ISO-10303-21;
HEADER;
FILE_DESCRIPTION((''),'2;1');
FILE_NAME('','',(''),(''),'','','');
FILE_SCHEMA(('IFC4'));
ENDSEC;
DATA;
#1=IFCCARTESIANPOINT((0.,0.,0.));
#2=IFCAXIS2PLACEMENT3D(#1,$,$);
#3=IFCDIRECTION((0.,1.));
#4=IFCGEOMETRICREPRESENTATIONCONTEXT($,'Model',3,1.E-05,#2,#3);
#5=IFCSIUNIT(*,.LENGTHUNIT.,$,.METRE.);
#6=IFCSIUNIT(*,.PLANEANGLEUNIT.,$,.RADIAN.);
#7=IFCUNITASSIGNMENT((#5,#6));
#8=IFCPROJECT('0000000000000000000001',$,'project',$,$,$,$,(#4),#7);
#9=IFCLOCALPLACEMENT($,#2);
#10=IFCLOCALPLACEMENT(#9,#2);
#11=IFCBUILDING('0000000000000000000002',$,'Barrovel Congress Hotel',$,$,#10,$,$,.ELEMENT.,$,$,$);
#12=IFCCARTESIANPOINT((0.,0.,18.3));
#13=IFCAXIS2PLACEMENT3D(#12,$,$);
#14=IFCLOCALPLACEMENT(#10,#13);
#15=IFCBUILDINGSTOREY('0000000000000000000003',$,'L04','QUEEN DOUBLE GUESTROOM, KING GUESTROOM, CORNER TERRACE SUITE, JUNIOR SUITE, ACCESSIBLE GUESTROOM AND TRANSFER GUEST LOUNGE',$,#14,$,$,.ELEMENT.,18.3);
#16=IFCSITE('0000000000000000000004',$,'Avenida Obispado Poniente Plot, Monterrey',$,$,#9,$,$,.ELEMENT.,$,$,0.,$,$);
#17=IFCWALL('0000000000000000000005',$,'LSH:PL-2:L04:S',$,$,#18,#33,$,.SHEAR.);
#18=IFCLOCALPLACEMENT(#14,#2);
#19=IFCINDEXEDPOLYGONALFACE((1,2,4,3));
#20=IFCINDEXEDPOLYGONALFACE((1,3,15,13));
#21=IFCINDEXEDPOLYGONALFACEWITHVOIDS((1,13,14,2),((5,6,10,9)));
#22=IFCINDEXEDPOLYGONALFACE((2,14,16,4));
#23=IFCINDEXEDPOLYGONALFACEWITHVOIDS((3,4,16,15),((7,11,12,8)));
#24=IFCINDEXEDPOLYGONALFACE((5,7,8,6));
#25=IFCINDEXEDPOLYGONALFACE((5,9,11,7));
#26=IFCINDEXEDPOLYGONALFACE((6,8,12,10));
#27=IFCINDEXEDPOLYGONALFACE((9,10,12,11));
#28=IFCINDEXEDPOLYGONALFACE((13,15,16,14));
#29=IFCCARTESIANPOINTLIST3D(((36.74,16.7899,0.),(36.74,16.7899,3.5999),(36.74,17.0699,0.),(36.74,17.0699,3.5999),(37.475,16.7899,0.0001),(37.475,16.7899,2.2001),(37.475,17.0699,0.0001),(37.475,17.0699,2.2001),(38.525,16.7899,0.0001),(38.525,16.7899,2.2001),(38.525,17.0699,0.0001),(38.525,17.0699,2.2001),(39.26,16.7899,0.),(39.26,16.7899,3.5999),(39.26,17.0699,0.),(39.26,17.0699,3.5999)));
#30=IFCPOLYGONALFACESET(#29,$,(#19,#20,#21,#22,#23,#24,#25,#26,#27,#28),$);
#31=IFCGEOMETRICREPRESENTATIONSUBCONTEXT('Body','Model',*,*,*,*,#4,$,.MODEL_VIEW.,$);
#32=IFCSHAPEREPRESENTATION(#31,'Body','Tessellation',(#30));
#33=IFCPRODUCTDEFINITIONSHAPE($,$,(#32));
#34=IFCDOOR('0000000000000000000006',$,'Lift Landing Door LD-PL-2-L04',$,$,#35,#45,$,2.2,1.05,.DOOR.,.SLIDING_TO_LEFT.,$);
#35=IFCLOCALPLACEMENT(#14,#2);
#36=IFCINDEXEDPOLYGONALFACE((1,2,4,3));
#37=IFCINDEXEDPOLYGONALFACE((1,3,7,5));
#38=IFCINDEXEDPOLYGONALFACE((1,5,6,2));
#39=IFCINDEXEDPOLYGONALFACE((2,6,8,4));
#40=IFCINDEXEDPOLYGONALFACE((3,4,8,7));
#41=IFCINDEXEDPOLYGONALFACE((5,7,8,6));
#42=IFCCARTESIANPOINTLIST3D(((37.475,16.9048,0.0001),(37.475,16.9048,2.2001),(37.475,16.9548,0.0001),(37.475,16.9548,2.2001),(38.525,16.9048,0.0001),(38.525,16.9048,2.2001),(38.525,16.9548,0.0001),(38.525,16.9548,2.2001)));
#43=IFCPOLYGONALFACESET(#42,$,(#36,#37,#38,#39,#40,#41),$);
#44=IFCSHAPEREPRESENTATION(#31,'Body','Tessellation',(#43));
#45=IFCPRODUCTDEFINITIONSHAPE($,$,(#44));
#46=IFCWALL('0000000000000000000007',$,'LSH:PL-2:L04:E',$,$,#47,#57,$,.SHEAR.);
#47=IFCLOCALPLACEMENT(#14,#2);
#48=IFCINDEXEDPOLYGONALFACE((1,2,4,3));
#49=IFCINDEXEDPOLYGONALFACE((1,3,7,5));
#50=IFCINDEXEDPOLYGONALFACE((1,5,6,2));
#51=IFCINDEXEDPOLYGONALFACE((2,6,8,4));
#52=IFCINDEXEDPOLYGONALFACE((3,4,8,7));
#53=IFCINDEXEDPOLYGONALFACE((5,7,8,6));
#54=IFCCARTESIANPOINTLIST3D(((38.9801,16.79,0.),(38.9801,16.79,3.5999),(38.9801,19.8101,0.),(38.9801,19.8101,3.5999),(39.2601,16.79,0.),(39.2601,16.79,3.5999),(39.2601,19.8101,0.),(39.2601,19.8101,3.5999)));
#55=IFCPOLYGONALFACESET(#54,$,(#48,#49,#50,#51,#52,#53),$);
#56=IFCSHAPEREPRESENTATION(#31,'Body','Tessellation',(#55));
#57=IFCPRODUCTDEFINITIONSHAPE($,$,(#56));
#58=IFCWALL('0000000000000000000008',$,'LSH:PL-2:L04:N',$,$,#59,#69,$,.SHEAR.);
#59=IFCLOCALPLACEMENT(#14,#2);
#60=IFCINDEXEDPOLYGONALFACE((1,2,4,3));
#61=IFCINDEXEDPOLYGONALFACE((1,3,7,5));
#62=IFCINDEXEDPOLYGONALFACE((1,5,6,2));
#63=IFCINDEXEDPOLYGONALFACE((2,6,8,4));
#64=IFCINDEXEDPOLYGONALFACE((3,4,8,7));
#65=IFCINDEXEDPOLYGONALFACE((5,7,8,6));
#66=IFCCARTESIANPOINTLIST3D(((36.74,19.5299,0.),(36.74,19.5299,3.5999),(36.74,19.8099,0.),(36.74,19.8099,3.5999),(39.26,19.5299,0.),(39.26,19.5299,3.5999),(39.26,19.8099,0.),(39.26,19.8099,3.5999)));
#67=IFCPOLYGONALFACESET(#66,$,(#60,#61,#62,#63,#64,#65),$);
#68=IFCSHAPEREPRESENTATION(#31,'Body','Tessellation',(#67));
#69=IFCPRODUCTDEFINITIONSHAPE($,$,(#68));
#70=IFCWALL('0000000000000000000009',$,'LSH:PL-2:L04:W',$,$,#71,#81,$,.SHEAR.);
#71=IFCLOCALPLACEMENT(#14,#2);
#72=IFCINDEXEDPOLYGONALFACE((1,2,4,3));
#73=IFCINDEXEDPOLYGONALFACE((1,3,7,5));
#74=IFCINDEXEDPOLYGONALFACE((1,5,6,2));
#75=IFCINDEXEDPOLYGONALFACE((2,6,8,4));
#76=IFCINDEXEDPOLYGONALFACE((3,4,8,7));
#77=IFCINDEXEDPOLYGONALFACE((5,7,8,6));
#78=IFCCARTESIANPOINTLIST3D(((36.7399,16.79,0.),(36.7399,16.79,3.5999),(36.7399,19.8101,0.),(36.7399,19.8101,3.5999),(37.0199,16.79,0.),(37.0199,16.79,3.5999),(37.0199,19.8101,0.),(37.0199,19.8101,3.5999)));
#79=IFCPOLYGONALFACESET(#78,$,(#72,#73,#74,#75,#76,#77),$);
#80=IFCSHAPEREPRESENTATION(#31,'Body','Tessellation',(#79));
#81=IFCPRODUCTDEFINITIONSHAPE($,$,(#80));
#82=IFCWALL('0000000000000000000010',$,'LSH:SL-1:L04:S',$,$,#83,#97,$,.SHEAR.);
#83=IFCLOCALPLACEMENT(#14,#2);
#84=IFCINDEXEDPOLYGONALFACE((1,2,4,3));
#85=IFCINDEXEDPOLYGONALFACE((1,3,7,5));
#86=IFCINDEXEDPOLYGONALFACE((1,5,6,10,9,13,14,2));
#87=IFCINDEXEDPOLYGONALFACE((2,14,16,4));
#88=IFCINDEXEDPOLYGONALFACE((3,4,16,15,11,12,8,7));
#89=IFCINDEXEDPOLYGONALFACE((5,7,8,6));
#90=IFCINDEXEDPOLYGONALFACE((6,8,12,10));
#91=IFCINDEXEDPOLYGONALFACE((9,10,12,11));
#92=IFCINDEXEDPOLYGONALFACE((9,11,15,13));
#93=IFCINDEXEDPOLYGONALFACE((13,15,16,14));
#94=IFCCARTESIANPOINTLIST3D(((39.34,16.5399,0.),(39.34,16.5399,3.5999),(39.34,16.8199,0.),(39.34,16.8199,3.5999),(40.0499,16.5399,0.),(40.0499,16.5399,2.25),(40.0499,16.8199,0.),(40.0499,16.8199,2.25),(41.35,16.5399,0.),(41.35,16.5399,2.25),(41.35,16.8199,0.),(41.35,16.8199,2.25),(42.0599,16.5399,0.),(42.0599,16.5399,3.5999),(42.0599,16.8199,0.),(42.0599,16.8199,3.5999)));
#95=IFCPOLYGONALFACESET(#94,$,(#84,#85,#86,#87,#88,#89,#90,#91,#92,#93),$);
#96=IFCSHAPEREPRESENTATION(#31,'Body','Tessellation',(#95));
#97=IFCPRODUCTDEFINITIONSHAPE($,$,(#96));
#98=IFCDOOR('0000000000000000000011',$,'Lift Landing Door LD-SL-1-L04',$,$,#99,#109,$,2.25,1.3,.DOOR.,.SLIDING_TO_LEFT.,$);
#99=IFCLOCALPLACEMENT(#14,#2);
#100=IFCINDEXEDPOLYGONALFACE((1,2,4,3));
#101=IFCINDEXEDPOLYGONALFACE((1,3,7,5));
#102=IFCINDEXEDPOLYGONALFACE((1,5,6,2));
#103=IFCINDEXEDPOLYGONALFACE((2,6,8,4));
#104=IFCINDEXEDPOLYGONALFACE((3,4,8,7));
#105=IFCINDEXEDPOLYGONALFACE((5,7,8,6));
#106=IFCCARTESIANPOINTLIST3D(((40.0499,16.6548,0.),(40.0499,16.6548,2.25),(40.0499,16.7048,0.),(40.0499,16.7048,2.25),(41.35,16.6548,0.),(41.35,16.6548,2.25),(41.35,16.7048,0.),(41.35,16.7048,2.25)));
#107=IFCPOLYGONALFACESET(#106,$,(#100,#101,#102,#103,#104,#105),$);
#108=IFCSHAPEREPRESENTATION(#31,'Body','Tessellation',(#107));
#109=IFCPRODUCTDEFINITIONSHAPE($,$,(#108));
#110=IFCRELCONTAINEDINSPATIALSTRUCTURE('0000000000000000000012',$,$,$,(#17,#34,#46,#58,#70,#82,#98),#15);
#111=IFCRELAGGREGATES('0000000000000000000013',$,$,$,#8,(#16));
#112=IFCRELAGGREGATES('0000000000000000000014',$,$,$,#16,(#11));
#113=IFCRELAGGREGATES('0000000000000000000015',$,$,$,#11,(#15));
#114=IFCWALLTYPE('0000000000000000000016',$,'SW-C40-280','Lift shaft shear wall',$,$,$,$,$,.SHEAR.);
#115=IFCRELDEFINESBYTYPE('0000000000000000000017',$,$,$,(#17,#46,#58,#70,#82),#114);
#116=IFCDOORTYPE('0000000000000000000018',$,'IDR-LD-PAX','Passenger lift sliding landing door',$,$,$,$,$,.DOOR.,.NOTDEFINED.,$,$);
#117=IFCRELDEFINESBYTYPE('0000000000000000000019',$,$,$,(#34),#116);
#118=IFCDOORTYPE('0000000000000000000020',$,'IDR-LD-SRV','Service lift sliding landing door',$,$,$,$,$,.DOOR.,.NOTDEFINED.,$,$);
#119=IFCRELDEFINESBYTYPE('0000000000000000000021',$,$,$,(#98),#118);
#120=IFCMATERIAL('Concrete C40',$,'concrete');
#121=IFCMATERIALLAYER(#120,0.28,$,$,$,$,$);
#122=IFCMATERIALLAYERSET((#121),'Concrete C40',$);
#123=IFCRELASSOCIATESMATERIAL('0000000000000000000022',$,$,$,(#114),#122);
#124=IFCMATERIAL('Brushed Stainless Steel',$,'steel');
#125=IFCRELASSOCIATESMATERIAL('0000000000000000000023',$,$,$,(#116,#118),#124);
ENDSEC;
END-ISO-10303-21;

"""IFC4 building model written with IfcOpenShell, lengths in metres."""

from ifc_helpers import new_model, si_unit, direction, frame, frame_2d, origin, place, context, subcontext, project, spatial, rectangle, extrude, material, layer, layer_set, type_object, element, fill, save


model = new_model("IFC4")

# Units and contexts
model_context = context("Model", 3, precision=1e-05, world=origin(), true_north=direction((0.0, 1.0)))
body_context = subcontext(model_context, "Body", "Model", "MODEL_VIEW")
ifc_project = project(units=[si_unit("LENGTHUNIT", "METRE"), si_unit("PLANEANGLEUNIT", "RADIAN")], contexts=[model_context])

# Site, building, storey
site_placement = place(None, origin())
site = spatial("IfcSite", under=ifc_project, at=site_placement, Name="Avenida Obispado Poniente Plot, Monterrey", CompositionType="ELEMENT", RefElevation=0.0)
building_placement = place(site_placement, origin())
building = spatial("IfcBuilding", under=site, at=building_placement, Name="Barrovel Congress Hotel", CompositionType="ELEMENT")
storey_placement = place(building_placement, frame((0.0, 0.0, 18.3)))
storey = spatial("IfcBuildingStorey", under=building, at=storey_placement, Name="L04", Description="QUEEN DOUBLE GUESTROOM, KING GUESTROOM, CORNER TERRACE SUITE, JUNIOR SUITE, ACCESSIBLE GUESTROOM AND TRANSFER GUEST LOUNGE", CompositionType="ELEMENT", Elevation=18.3)

# Shared definitions
ifc_material_1 = material(Name="Concrete C40", Category="concrete")

# Shared definitions
ifc_layer_1 = layer(ifc_material_1, 0.28)
ifc_layer_set_1 = layer_set([ifc_layer_1], Name="Concrete C40")
wall_type_1 = type_object("IfcWallType", Name="SW-C40-280", Description="Lift shaft shear wall", PredefinedType="SHEAR", material=ifc_layer_set_1)
ifc_material_2 = material(Name="Brushed Stainless Steel", Category="steel")
door_type_1 = type_object("IfcDoorType", Name="IDR-LD-PAX", Description="Passenger lift sliding landing door", OperationType="NOTDEFINED", PredefinedType="DOOR", material=ifc_material_2)

# Wall, opening, door
wall_1_placement = place(storey_placement, frame((36.74, 16.9299, 0.0), z_axis=(0.0, 0.0, 1.0), x_axis=(1.0, 0.0, 0.0)))
wall_1 = element("IfcWall", 1, at=wall_1_placement, inside=storey, type_object=wall_type_1, Name="LSH:PL-2:L04:S", PredefinedType="SHEAR", context=body_context, shape_type="SweptSolid", body=[
    extrude(rectangle(XDim=2.52, YDim=0.28, at=frame_2d((1.26, 0.0))), origin(), (0.0, 0.0, 1.0), 3.5999),
])
opening_1_placement = place(wall_1_placement, frame((0.7351, 0.0, 0.0)))
opening_1 = element("IfcOpeningElement", 2, at=opening_1_placement, cuts=wall_1, PredefinedType="OPENING", context=body_context, shape_type="SweptSolid", body=[
    extrude(rectangle(XDim=1.05, YDim=2.2, at=frame_2d((0.5249, 1.1001))), frame((0.0, 0.1499, 0.0), z_axis=(0.0, -1.0, 0.0), x_axis=(1.0, 0.0, 0.0)), (0.0, 0.0, 1.0), 0.3),
])
door_1_placement = place(opening_1_placement, origin())
door_1 = element("IfcDoor", 3, at=door_1_placement, inside=storey, type_object=door_type_1, Name="Lift Landing Door LD-PL-2-L04", OperationType="SLIDING_TO_LEFT", OverallHeight=2.2, OverallWidth=1.05, PredefinedType="DOOR", context=body_context, shape_type="SweptSolid", body=[
    extrude(rectangle(XDim=1.05, YDim=2.2, at=frame_2d((0.5249, 1.1001))), frame((0.0, 0.0249, 0.0), z_axis=(0.0, -1.0, 0.0), x_axis=(1.0, 0.0, 0.0)), (0.0, 0.0, 1.0), 0.05),
])
fill(opening_1, door_1)

# Walls
wall_2_placement = place(storey_placement, frame((39.1201, 16.79, 0.0), z_axis=(0.0, 0.0, 1.0), x_axis=(0.0, 1.0, 0.0)))
element("IfcWall", 4, at=wall_2_placement, inside=storey, type_object=wall_type_1, Name="LSH:PL-2:L04:E", PredefinedType="SHEAR", context=body_context, shape_type="SweptSolid", body=[
    extrude(rectangle(XDim=3.02, YDim=0.28, at=frame_2d((1.51, 0.0))), origin(), (0.0, 0.0, 1.0), 3.5999),
])
wall_3_placement = place(storey_placement, frame((39.26, 19.6699, 0.0), z_axis=(0.0, 0.0, 1.0), x_axis=(-1.0, 0.0, 0.0)))
element("IfcWall", 5, at=wall_3_placement, inside=storey, type_object=wall_type_1, Name="LSH:PL-2:L04:N", PredefinedType="SHEAR", context=body_context, shape_type="SweptSolid", body=[
    extrude(rectangle(XDim=2.52, YDim=0.28, at=frame_2d((1.26, 0.0))), origin(), (0.0, 0.0, 1.0), 3.5999),
])
wall_4_placement = place(storey_placement, frame((36.8799, 19.8101, 0.0), z_axis=(0.0, 0.0, 1.0), x_axis=(0.0, -1.0, 0.0)))
element("IfcWall", 6, at=wall_4_placement, inside=storey, type_object=wall_type_1, Name="LSH:PL-2:L04:W", PredefinedType="SHEAR", context=body_context, shape_type="SweptSolid", body=[
    extrude(rectangle(XDim=3.02, YDim=0.28, at=frame_2d((1.51, 0.0))), origin(), (0.0, 0.0, 1.0), 3.5999),
])

# Wall, opening, door
wall_5_placement = place(storey_placement, frame((39.3401, 16.6799, 0.0), z_axis=(0.0, 0.0, 1.0), x_axis=(1.0, 0.0, 0.0)))
wall_5 = element("IfcWall", 7, at=wall_5_placement, inside=storey, type_object=wall_type_1, Name="LSH:SL-1:L04:S", PredefinedType="SHEAR", context=body_context, shape_type="SweptSolid", body=[
    extrude(rectangle(XDim=2.72, YDim=0.28, at=frame_2d((1.3599, 0.0))), origin(), (0.0, 0.0, 1.0), 3.5999),
])
opening_2_placement = place(wall_5_placement, frame((0.71, 0.0, 0.0)))
opening_2 = element("IfcOpeningElement", 8, at=opening_2_placement, cuts=wall_5, PredefinedType="OPENING", context=body_context, shape_type="SweptSolid", body=[
    extrude(rectangle(XDim=1.3, YDim=2.25, at=frame_2d((0.6499, 1.125))), frame((0.0, 0.1499, 0.0), z_axis=(0.0, -1.0, 0.0), x_axis=(1.0, 0.0, 0.0)), (0.0, 0.0, 1.0), 0.3),
])
door_type_2 = type_object("IfcDoorType", Name="IDR-LD-SRV", Description="Service lift sliding landing door", OperationType="NOTDEFINED", PredefinedType="DOOR", material=ifc_material_2)
door_2_placement = place(opening_2_placement, origin())
door_2 = element("IfcDoor", 9, at=door_2_placement, inside=storey, type_object=door_type_2, Name="Lift Landing Door LD-SL-1-L04", OperationType="SLIDING_TO_LEFT", OverallHeight=2.25, OverallWidth=1.3, PredefinedType="DOOR", context=body_context, shape_type="SweptSolid", body=[
    extrude(rectangle(XDim=1.3, YDim=2.25, at=frame_2d((0.6499, 1.125))), frame((0.0, 0.0249, 0.0), z_axis=(0.0, -1.0, 0.0), x_axis=(1.0, 0.0, 0.0)), (0.0, 0.0, 1.0), 0.05),
])
fill(opening_2, door_2)

save(model, "model.ifc")
